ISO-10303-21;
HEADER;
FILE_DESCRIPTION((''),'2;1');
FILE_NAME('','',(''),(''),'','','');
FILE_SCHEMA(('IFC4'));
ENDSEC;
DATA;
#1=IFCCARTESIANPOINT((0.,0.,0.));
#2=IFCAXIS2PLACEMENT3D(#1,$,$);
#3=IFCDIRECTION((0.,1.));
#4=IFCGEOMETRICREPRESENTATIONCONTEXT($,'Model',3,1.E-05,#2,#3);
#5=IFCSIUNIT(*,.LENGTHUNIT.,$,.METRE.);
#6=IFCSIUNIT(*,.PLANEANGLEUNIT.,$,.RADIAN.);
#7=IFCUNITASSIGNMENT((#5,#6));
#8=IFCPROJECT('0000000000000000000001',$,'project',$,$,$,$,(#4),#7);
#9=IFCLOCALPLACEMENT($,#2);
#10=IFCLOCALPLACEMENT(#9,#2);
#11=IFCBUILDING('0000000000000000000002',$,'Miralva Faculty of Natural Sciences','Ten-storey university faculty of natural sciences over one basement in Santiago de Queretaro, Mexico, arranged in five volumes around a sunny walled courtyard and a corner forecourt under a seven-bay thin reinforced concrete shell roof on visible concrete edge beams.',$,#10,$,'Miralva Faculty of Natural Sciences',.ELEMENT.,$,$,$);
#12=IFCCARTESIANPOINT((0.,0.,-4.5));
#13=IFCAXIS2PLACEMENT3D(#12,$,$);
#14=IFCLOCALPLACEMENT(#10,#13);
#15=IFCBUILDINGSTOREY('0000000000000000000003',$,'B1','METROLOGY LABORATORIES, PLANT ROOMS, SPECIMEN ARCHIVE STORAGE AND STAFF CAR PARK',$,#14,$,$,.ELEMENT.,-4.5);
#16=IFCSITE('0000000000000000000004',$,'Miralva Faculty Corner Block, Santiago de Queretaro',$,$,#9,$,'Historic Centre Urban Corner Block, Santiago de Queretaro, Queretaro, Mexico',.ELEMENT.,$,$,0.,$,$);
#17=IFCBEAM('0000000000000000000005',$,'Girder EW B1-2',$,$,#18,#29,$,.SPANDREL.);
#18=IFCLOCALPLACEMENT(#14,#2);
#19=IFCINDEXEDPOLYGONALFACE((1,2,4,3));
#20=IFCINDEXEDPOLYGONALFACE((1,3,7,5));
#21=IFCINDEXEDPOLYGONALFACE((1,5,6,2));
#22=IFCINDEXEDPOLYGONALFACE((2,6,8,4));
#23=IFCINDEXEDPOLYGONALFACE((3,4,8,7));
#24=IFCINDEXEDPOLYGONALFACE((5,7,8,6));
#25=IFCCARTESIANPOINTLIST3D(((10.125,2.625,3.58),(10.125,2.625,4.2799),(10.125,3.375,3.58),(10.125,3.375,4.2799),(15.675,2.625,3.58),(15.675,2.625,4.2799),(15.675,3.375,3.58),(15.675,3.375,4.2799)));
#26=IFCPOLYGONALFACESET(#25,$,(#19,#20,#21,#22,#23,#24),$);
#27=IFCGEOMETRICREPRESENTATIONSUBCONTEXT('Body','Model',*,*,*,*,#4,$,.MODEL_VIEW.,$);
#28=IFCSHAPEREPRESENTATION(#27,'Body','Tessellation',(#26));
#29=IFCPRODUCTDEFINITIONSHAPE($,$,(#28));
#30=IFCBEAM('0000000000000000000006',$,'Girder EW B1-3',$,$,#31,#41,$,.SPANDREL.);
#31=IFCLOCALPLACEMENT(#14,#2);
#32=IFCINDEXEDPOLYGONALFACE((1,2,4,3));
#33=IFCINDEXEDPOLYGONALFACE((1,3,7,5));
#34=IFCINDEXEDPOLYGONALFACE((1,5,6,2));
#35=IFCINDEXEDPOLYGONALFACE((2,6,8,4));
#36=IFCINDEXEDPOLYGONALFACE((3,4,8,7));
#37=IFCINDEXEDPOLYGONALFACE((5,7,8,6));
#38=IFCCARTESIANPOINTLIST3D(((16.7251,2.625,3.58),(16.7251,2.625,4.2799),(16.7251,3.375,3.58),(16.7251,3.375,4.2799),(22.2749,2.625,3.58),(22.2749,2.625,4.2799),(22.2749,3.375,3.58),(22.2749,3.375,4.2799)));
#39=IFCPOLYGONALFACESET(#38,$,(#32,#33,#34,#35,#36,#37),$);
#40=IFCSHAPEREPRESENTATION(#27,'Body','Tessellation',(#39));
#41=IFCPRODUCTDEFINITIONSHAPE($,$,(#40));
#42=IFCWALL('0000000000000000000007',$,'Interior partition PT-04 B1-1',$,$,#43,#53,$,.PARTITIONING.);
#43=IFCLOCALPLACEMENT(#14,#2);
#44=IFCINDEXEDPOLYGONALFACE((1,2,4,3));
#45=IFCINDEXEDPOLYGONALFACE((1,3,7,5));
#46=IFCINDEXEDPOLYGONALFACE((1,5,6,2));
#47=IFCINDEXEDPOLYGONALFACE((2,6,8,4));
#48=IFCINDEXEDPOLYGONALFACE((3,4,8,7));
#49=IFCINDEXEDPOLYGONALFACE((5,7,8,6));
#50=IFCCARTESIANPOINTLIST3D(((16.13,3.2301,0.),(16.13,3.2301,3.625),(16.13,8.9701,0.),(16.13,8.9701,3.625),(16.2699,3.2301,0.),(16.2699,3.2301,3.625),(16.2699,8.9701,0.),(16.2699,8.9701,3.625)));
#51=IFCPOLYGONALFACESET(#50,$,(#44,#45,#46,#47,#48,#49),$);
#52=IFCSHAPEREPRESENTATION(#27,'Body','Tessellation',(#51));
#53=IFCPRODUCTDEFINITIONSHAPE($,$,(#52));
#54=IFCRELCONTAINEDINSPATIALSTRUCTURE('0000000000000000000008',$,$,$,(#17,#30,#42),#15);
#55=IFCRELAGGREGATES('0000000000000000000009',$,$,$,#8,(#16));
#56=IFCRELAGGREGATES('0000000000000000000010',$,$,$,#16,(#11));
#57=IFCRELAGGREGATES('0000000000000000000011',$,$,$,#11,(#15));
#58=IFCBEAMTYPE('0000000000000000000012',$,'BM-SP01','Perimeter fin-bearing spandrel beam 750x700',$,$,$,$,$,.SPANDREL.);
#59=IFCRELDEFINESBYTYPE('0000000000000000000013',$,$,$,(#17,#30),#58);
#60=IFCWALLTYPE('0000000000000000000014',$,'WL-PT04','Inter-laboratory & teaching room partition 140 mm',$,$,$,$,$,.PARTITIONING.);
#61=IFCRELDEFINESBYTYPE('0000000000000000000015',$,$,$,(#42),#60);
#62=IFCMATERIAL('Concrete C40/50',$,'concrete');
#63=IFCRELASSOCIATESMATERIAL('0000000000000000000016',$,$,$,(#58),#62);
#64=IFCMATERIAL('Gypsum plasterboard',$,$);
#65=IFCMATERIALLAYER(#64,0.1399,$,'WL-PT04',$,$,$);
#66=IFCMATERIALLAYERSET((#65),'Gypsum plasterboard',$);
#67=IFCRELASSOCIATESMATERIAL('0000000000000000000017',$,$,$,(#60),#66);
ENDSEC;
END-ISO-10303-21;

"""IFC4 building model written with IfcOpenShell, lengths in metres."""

from ifc_helpers import new_model, si_unit, direction, frame, frame_2d, origin, origin_2d, place, context, subcontext, project, spatial, rectangle, extrude, material, layer, layer_set, material_profile, profile_set, type_object, element, save


model = new_model("IFC4")

# Units and contexts
model_context = context("Model", 3, precision=1e-05, world=origin(), true_north=direction((0.0, 1.0)))
body_context = subcontext(model_context, "Body", "Model", "MODEL_VIEW")
ifc_project = project(units=[si_unit("LENGTHUNIT", "METRE"), si_unit("PLANEANGLEUNIT", "RADIAN")], contexts=[model_context])

# Site, building, storey
site_placement = place(None, origin())
site = spatial("IfcSite", under=ifc_project, at=site_placement, Name="Miralva Faculty Corner Block, Santiago de Queretaro", LongName="Historic Centre Urban Corner Block, Santiago de Queretaro, Queretaro, Mexico", CompositionType="ELEMENT", RefElevation=0.0)
building_placement = place(site_placement, origin())
building = spatial("IfcBuilding", under=site, at=building_placement, Name="Miralva Faculty of Natural Sciences", Description="Ten-storey university faculty of natural sciences over one basement in Santiago de Queretaro, Mexico, arranged in five volumes around a sunny walled courtyard and a corner forecourt under a seven-bay thin reinforced concrete shell roof on visible concrete edge beams.", LongName="Miralva Faculty of Natural Sciences", CompositionType="ELEMENT")
storey_placement = place(building_placement, frame((0.0, 0.0, -4.5)))
storey = spatial("IfcBuildingStorey", under=building, at=storey_placement, Name="B1", Description="METROLOGY LABORATORIES, PLANT ROOMS, SPECIMEN ARCHIVE STORAGE AND STAFF CAR PARK", CompositionType="ELEMENT", Elevation=-4.5)

# Beams
ifc_material_1 = material(Name="Concrete C40/50", Category="concrete")
ifc_material_profile_1 = material_profile(ifc_material_1, rectangle(XDim=0.75, YDim=0.7, at=origin_2d()), Name="RC 750x700")
ifc_profile_set_1 = profile_set([ifc_material_profile_1], Name="Concrete C40/50")
beam_type_1 = type_object("IfcBeamType", Name="BM-SP01", Description="Perimeter fin-bearing spandrel beam 750x700", PredefinedType="SPANDREL", material=ifc_profile_set_1)
beam_1_placement = place(storey_placement, frame((10.125, 3.0, 3.9299), z_axis=(1.0, 0.0, 0.0), x_axis=(0.0, 1.0, 0.0)))
element("IfcBeam", 1, at=beam_1_placement, inside=storey, type_object=beam_type_1, Name="Girder EW B1-2", PredefinedType="SPANDREL", context=body_context, shape_type="SweptSolid", body=[
    extrude(rectangle(XDim=0.75, YDim=0.7, at=origin_2d()), origin(), (0.0, 0.0, 1.0), 5.55),
])
beam_2_placement = place(storey_placement, frame((16.7251, 3.0, 3.9299), z_axis=(1.0, 0.0, 0.0), x_axis=(0.0, 1.0, 0.0)))
element("IfcBeam", 2, at=beam_2_placement, inside=storey, type_object=beam_type_1, Name="Girder EW B1-3", PredefinedType="SPANDREL", context=body_context, shape_type="SweptSolid", body=[
    extrude(rectangle(XDim=0.75, YDim=0.7, at=origin_2d()), origin(), (0.0, 0.0, 1.0), 5.5498),
])

# Wall
ifc_material_2 = material(Name="Gypsum plasterboard")
ifc_layer_1 = layer(ifc_material_2, 0.1399, Name="WL-PT04")
ifc_layer_set_1 = layer_set([ifc_layer_1], Name="Gypsum plasterboard")
wall_type = type_object("IfcWallType", Name="WL-PT04", Description="Inter-laboratory & teaching room partition 140 mm", PredefinedType="PARTITIONING", material=ifc_layer_set_1)
wall_placement = place(storey_placement, frame((16.2, 3.23, 0.0), z_axis=(0.0, 0.0, 1.0), x_axis=(0.0, 1.0, 0.0)))
element("IfcWall", 3, at=wall_placement, inside=storey, type_object=wall_type, Name="Interior partition PT-04 B1-1", PredefinedType="PARTITIONING", context=body_context, shape_type="SweptSolid", body=[
    extrude(rectangle(XDim=5.74, YDim=0.1399, at=frame_2d((2.8701, 0.0))), origin(), (0.0, 0.0, 1.0), 3.625),
])

save(model, "model.ifc")
